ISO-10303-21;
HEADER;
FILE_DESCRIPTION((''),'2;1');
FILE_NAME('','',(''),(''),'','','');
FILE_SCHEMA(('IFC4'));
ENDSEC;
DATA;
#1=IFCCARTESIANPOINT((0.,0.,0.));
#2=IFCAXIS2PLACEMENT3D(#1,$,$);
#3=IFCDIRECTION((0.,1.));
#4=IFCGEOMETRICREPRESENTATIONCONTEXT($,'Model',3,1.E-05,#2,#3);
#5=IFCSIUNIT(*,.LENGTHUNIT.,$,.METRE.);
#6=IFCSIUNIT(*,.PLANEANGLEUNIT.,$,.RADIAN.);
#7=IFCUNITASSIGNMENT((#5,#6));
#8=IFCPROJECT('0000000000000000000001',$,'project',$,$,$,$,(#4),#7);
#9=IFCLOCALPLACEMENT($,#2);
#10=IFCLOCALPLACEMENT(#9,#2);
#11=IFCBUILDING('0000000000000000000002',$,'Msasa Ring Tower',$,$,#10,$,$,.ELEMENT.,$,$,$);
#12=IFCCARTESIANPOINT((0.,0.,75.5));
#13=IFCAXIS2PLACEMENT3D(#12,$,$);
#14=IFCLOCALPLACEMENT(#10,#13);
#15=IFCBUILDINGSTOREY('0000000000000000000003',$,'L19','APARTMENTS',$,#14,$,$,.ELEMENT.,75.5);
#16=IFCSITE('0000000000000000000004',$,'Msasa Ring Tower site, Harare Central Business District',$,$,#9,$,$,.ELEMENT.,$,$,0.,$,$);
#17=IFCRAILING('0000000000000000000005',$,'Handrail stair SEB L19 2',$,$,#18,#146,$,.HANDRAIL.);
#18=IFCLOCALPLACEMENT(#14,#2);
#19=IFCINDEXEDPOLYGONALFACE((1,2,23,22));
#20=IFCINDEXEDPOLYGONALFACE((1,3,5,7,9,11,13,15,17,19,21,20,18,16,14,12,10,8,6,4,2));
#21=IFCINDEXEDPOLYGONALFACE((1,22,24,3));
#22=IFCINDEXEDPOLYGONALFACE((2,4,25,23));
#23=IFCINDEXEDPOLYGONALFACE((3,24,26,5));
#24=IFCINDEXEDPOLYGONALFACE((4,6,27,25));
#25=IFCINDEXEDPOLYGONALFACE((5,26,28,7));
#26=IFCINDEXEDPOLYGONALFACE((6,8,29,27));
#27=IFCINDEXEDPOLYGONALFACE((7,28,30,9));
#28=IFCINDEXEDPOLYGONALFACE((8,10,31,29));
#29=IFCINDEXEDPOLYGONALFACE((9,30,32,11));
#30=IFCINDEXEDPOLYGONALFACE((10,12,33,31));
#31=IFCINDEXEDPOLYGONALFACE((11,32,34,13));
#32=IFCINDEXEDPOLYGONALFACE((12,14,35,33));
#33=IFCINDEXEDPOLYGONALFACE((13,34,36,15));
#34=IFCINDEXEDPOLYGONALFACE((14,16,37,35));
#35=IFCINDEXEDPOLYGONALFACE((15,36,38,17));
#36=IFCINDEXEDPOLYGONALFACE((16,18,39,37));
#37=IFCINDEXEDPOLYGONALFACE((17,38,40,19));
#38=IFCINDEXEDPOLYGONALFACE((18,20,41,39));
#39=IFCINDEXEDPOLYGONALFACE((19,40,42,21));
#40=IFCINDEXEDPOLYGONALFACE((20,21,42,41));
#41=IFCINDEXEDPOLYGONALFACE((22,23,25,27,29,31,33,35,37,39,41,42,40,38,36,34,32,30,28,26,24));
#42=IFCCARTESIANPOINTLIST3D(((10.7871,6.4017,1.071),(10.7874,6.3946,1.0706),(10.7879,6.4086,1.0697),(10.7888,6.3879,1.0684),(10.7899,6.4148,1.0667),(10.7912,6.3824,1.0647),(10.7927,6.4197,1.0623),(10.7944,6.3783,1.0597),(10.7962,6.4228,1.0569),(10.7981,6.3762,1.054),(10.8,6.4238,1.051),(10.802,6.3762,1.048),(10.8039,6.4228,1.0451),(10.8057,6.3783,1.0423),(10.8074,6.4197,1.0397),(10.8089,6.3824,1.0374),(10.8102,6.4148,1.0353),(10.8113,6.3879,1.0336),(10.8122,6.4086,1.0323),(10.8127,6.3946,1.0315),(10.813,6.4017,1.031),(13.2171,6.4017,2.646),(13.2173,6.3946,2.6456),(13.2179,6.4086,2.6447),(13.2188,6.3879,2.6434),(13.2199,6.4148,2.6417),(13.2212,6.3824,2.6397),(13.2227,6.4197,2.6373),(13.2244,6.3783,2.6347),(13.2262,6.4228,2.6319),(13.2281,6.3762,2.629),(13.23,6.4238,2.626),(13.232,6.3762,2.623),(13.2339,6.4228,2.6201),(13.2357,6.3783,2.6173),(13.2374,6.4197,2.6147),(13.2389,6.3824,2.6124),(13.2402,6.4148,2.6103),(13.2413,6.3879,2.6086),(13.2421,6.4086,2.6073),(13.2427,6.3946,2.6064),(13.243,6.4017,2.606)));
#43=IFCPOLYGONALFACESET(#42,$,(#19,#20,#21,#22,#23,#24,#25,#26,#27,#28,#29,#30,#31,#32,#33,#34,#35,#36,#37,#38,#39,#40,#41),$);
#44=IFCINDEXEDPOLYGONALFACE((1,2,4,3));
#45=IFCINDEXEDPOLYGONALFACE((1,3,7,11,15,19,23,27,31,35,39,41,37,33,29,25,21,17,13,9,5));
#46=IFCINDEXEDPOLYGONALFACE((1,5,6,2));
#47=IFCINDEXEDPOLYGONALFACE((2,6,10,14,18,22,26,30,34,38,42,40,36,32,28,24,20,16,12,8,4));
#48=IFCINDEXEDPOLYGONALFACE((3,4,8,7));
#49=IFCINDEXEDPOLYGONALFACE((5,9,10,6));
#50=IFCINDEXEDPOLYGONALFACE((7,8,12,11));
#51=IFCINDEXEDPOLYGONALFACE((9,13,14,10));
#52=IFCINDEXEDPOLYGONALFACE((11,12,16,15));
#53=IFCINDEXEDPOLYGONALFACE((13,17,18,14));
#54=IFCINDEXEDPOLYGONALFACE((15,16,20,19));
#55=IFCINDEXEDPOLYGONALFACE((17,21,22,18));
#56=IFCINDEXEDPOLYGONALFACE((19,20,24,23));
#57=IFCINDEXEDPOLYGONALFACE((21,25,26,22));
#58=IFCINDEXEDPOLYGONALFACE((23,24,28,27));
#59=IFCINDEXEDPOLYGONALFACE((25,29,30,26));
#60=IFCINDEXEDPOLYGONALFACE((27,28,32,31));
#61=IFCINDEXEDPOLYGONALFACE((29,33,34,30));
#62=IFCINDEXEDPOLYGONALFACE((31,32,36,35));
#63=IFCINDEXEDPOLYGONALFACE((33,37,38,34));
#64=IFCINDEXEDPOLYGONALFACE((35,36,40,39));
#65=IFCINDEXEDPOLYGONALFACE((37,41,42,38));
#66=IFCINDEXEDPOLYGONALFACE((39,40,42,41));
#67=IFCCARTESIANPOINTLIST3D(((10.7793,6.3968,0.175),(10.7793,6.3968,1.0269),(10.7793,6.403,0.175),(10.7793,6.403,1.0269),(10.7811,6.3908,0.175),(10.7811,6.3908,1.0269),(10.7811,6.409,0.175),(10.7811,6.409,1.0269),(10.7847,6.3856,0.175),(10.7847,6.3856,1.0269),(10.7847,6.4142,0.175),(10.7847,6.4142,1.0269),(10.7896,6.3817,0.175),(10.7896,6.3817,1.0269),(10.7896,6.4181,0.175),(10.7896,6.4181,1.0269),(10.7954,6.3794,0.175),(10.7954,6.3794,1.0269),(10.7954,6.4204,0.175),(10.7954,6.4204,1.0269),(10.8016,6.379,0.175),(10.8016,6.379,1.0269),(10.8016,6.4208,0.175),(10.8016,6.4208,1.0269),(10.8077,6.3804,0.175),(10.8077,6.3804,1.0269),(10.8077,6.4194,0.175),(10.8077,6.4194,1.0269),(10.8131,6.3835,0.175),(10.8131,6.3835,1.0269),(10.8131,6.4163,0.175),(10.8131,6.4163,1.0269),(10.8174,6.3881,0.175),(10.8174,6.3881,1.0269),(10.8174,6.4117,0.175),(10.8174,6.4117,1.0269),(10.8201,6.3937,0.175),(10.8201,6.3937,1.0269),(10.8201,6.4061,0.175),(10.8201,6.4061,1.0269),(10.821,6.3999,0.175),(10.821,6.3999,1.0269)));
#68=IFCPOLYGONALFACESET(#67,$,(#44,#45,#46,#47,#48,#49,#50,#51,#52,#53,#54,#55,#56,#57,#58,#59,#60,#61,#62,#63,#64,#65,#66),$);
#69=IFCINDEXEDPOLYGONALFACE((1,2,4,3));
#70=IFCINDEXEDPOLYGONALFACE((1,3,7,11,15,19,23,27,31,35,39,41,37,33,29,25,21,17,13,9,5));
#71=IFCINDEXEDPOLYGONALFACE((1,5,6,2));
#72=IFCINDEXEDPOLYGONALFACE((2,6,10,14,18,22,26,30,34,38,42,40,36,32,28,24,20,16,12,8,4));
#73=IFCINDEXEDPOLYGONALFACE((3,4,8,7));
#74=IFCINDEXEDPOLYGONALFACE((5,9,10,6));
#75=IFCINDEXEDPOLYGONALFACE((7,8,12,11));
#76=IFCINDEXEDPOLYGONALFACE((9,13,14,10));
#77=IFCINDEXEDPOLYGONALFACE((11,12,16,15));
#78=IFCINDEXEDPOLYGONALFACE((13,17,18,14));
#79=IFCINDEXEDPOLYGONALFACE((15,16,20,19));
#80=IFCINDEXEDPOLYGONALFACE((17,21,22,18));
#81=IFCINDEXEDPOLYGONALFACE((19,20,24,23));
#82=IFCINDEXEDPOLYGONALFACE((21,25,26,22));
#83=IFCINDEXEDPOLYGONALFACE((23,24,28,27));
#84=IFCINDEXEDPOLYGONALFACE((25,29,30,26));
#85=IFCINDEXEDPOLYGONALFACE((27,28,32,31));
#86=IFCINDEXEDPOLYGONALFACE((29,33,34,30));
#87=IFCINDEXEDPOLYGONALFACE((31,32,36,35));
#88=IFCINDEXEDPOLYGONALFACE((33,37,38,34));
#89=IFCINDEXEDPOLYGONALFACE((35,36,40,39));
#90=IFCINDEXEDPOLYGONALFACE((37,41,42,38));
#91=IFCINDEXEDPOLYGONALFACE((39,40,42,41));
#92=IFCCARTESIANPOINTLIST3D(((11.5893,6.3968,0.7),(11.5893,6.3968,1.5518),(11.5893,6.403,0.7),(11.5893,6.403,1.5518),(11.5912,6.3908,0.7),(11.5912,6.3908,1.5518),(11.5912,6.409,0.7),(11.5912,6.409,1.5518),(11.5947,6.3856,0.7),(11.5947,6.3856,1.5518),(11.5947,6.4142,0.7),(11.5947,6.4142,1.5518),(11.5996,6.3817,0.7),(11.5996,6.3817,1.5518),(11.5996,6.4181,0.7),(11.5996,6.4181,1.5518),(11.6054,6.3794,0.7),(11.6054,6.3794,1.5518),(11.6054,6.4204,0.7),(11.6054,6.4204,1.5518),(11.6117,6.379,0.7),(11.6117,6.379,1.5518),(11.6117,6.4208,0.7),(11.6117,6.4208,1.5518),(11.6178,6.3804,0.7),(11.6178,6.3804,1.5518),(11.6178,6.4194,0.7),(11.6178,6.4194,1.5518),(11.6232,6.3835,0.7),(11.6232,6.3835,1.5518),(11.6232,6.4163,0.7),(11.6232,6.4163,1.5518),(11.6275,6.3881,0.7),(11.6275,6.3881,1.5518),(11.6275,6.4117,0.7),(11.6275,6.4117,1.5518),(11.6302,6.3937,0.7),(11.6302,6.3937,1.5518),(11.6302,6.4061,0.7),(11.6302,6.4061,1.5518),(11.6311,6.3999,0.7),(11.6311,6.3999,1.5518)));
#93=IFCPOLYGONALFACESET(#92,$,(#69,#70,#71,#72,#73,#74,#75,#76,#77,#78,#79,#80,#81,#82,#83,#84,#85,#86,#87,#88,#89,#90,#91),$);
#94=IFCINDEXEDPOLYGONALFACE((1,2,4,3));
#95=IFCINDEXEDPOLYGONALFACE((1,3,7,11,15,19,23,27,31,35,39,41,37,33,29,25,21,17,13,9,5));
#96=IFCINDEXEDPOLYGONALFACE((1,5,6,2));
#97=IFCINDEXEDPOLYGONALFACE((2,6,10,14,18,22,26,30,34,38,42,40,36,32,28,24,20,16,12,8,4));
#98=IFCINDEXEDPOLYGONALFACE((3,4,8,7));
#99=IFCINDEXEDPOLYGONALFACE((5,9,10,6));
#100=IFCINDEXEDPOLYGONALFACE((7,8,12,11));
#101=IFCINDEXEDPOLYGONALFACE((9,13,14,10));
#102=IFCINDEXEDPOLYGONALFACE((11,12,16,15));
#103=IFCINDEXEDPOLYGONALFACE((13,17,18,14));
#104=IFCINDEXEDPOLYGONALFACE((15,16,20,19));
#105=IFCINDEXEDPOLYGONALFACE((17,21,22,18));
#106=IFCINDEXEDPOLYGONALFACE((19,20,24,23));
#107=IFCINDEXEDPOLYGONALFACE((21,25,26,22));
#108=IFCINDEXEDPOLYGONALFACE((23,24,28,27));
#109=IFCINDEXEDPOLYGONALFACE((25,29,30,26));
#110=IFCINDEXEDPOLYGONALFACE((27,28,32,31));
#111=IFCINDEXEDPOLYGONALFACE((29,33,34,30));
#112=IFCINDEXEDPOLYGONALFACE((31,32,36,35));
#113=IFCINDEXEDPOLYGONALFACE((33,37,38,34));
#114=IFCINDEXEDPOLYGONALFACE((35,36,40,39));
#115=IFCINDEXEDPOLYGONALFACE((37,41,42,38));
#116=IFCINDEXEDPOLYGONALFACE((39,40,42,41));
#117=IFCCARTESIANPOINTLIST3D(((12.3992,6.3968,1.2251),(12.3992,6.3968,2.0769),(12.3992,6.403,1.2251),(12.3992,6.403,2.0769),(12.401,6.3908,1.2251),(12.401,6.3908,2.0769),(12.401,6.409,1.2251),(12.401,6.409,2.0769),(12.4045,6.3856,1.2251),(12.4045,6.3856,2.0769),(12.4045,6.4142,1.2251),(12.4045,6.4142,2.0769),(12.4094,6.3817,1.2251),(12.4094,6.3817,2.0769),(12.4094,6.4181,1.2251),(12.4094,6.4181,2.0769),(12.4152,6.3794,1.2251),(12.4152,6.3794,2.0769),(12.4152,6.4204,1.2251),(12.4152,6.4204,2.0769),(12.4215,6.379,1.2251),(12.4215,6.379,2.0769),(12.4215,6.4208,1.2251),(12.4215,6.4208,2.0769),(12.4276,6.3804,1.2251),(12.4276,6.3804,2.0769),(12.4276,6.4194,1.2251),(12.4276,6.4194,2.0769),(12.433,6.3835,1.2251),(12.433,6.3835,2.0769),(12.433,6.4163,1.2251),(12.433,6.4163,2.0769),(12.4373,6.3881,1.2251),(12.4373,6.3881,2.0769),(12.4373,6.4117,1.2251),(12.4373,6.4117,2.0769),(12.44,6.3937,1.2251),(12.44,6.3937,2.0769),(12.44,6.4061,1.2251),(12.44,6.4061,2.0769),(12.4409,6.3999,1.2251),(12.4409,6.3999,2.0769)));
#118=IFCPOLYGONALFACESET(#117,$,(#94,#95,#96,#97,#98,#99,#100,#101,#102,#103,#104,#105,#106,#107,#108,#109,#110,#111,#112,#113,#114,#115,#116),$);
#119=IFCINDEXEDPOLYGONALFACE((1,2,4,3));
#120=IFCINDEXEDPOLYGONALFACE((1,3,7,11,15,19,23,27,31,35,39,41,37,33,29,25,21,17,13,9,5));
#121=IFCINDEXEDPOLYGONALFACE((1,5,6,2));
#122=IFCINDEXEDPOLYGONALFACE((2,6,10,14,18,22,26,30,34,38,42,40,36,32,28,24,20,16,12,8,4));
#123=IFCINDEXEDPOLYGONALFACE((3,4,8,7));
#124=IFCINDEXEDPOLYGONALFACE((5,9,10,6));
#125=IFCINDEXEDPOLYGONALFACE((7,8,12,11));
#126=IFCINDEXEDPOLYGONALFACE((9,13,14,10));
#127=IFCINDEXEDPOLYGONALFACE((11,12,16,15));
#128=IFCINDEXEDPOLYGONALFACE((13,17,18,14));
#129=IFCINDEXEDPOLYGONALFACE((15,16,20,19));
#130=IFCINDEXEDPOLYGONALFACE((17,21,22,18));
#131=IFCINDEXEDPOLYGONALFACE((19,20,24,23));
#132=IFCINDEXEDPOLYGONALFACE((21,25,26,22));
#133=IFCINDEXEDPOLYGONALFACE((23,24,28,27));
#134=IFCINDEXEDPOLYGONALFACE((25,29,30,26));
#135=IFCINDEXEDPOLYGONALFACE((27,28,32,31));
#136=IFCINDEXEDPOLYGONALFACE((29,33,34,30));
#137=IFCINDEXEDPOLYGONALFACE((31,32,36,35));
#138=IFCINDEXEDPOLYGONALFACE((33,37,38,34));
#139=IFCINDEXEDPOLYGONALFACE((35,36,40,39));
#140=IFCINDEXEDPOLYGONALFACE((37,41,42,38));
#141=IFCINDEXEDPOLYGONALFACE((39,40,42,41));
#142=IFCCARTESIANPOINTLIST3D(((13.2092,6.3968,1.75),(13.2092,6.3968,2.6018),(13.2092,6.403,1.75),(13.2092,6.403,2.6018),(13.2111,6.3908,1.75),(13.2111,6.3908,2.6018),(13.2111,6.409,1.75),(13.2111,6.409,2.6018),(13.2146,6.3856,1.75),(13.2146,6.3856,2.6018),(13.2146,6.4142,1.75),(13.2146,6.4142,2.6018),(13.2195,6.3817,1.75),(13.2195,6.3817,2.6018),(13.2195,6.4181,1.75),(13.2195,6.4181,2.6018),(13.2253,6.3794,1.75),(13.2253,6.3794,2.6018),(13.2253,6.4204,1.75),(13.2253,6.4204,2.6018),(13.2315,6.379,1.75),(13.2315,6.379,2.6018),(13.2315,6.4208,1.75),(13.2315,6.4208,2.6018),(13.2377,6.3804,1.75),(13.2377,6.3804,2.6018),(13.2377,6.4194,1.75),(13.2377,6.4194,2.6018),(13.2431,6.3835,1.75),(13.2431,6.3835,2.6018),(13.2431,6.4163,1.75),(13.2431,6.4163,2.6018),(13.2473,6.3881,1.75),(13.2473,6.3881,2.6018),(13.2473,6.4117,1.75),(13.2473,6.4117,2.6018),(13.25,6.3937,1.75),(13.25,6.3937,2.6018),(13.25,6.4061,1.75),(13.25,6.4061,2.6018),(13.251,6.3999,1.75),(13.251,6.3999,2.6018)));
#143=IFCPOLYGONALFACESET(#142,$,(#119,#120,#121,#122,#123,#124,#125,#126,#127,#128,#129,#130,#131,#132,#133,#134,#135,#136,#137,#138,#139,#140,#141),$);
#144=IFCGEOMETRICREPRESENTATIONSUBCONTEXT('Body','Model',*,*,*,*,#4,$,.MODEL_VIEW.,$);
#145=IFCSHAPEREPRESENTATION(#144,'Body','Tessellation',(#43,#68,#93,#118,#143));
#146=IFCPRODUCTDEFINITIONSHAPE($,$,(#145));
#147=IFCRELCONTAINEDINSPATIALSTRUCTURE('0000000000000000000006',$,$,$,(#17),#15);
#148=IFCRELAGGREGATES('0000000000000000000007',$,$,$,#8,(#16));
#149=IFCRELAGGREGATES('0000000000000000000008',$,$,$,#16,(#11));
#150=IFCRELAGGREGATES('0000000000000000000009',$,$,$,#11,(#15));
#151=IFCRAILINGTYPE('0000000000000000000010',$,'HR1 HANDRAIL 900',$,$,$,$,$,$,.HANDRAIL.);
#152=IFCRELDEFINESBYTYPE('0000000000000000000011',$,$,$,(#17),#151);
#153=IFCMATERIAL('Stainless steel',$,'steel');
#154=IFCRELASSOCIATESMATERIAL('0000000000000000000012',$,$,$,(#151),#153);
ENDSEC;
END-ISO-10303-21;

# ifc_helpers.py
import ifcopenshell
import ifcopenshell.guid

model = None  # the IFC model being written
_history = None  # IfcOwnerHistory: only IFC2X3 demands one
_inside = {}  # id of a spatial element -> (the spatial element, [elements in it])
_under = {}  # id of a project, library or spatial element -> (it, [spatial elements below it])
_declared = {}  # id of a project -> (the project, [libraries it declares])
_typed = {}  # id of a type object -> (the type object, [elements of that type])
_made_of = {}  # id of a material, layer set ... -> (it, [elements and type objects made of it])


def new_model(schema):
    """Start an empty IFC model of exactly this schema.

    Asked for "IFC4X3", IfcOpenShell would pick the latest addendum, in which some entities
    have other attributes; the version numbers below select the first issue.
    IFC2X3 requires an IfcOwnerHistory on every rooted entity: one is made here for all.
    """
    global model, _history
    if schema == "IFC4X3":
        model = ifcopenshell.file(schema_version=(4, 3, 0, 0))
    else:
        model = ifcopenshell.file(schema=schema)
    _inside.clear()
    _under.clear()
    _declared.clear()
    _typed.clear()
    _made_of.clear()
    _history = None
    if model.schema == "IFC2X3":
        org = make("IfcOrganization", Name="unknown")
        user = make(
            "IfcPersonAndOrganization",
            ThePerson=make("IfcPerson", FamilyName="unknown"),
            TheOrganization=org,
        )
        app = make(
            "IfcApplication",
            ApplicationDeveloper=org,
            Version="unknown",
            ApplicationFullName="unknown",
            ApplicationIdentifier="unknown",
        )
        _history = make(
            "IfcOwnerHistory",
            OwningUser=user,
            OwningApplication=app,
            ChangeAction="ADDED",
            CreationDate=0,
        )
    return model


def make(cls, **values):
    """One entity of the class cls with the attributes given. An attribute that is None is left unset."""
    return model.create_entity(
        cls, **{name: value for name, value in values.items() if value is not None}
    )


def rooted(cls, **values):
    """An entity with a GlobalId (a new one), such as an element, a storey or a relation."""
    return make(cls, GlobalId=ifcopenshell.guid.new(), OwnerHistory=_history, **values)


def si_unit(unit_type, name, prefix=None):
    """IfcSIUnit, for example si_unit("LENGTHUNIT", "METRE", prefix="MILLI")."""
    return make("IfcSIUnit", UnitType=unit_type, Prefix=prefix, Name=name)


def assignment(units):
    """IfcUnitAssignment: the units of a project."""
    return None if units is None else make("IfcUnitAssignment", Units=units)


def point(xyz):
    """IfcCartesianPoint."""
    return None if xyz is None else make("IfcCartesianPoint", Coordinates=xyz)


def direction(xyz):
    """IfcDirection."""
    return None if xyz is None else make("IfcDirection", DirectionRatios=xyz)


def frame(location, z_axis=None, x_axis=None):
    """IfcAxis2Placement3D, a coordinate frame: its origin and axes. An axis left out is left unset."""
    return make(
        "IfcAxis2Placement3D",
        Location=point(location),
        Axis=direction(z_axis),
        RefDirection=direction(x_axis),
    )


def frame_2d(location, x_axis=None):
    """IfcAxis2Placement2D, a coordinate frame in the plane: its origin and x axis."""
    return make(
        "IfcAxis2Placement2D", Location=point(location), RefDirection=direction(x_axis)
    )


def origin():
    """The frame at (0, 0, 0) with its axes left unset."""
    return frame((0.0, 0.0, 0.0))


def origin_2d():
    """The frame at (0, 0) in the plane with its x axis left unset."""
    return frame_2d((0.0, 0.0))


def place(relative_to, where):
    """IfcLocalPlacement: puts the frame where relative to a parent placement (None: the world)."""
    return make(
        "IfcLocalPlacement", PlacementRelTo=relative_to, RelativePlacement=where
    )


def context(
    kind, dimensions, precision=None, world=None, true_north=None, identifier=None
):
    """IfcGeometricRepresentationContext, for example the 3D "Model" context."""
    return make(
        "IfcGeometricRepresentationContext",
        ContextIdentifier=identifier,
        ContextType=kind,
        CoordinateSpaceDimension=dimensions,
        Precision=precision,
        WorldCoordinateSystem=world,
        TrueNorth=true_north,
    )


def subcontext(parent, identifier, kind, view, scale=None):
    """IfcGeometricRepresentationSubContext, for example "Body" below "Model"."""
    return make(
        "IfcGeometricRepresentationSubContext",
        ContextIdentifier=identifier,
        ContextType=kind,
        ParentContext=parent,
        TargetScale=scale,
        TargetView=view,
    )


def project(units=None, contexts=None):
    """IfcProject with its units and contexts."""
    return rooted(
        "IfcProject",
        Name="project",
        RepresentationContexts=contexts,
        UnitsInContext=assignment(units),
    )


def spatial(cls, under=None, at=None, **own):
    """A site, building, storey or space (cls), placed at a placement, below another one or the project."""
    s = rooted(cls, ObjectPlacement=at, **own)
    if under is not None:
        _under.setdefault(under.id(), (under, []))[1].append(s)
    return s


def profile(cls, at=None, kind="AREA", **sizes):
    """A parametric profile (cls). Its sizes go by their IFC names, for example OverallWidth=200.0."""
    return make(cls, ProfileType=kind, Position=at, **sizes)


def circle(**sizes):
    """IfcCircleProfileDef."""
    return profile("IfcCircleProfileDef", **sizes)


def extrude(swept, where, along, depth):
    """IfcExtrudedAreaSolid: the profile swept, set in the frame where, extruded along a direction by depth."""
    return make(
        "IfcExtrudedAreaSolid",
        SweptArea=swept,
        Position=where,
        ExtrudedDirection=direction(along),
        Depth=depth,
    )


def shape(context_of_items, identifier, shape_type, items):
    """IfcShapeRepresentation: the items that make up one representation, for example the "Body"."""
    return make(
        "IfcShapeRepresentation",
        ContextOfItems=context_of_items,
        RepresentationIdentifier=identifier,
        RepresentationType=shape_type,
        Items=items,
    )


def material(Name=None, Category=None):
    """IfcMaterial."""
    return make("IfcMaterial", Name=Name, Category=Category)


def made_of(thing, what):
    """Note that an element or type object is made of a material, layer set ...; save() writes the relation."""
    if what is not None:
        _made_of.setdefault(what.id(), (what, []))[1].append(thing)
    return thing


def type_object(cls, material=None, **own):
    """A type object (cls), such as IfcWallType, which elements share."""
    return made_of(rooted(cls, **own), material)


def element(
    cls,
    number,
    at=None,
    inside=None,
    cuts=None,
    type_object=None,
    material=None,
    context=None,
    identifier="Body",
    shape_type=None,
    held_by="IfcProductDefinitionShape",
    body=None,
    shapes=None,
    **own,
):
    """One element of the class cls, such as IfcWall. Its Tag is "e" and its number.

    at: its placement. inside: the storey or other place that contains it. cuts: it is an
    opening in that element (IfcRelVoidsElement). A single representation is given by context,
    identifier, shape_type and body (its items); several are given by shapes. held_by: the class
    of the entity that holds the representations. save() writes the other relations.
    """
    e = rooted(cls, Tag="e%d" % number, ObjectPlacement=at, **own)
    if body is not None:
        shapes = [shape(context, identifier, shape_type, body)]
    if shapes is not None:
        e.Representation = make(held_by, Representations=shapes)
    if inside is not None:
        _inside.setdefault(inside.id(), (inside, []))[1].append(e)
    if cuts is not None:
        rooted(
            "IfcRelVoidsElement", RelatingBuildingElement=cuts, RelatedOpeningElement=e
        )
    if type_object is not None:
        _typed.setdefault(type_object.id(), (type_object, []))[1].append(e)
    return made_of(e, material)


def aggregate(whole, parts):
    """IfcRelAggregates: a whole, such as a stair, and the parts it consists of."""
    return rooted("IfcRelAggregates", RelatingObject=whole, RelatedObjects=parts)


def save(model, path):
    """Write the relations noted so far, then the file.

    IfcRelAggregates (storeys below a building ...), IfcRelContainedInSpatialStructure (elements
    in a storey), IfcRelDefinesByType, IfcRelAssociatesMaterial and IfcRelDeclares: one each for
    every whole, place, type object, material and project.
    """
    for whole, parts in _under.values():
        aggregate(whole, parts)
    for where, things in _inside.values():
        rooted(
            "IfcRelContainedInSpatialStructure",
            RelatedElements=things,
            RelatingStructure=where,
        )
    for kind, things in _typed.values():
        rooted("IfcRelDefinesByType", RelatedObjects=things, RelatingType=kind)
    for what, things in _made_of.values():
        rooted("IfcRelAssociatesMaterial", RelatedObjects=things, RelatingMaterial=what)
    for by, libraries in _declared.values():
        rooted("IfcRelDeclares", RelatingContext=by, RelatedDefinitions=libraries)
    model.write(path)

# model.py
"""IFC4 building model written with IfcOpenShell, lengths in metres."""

from ifc_helpers import new_model, si_unit, direction, frame, origin, origin_2d, place, context, subcontext, project, spatial, circle, extrude, material, type_object, element, save


model = new_model("IFC4")

# Units and contexts
model_context = context("Model", 3, precision=1e-05, world=origin(), true_north=direction((0.0, 1.0)))
body_context = subcontext(model_context, "Body", "Model", "MODEL_VIEW")
ifc_project = project(units=[si_unit("LENGTHUNIT", "METRE"), si_unit("PLANEANGLEUNIT", "RADIAN")], contexts=[model_context])

# Site, building, storey
site_placement = place(None, origin())
site = spatial("IfcSite", under=ifc_project, at=site_placement, Name="Msasa Ring Tower site, Harare Central Business District", CompositionType="ELEMENT", RefElevation=0.0)
building_placement = place(site_placement, origin())
building = spatial("IfcBuilding", under=site, at=building_placement, Name="Msasa Ring Tower", CompositionType="ELEMENT")
storey_placement = place(building_placement, frame((0.0, 0.0, 75.5)))
storey = spatial("IfcBuildingStorey", under=building, at=storey_placement, Name="L19", Description="APARTMENTS", CompositionType="ELEMENT", Elevation=75.5)

# Railing
ifc_material_1 = material(Name="Stainless steel", Category="steel")
railing_type = type_object("IfcRailingType", Name="HR1 HANDRAIL 900", PredefinedType="HANDRAIL", material=ifc_material_1)
for number, where, name in (
    (1, (10.8, 6.3999, 0.175), "Handrail stair SEB L19 2"),
):
    element("IfcRailing", number, at=place(storey_placement, frame(where)), inside=storey, type_object=railing_type, Name=name, PredefinedType="HANDRAIL", context=body_context, shape_type="SweptSolid", body=[
        extrude(circle(Radius=0.0239, at=origin_2d()), frame((0.0, 0.0, 0.876), z_axis=(0.839154, 0.0, 0.543894), x_axis=(0.0, 1.0, 0.0)), (0.0, 0.0, 1.0), 2.8958),
        extrude(circle(Radius=0.021, at=origin_2d()), origin(), (0.0, 0.0, 1.0), 0.8518),
        extrude(circle(Radius=0.021, at=origin_2d()), frame((0.8101, 0.0, 0.5249)), (0.0, 0.0, 1.0), 0.8518),
        extrude(circle(Radius=0.021, at=origin_2d()), frame((1.6199, 0.0, 1.05)), (0.0, 0.0, 1.0), 0.8518),
        extrude(circle(Radius=0.021, at=origin_2d()), frame((2.4299, 0.0, 1.575)), (0.0, 0.0, 1.0), 0.8518),
    ])

save(model, "model.ifc")
